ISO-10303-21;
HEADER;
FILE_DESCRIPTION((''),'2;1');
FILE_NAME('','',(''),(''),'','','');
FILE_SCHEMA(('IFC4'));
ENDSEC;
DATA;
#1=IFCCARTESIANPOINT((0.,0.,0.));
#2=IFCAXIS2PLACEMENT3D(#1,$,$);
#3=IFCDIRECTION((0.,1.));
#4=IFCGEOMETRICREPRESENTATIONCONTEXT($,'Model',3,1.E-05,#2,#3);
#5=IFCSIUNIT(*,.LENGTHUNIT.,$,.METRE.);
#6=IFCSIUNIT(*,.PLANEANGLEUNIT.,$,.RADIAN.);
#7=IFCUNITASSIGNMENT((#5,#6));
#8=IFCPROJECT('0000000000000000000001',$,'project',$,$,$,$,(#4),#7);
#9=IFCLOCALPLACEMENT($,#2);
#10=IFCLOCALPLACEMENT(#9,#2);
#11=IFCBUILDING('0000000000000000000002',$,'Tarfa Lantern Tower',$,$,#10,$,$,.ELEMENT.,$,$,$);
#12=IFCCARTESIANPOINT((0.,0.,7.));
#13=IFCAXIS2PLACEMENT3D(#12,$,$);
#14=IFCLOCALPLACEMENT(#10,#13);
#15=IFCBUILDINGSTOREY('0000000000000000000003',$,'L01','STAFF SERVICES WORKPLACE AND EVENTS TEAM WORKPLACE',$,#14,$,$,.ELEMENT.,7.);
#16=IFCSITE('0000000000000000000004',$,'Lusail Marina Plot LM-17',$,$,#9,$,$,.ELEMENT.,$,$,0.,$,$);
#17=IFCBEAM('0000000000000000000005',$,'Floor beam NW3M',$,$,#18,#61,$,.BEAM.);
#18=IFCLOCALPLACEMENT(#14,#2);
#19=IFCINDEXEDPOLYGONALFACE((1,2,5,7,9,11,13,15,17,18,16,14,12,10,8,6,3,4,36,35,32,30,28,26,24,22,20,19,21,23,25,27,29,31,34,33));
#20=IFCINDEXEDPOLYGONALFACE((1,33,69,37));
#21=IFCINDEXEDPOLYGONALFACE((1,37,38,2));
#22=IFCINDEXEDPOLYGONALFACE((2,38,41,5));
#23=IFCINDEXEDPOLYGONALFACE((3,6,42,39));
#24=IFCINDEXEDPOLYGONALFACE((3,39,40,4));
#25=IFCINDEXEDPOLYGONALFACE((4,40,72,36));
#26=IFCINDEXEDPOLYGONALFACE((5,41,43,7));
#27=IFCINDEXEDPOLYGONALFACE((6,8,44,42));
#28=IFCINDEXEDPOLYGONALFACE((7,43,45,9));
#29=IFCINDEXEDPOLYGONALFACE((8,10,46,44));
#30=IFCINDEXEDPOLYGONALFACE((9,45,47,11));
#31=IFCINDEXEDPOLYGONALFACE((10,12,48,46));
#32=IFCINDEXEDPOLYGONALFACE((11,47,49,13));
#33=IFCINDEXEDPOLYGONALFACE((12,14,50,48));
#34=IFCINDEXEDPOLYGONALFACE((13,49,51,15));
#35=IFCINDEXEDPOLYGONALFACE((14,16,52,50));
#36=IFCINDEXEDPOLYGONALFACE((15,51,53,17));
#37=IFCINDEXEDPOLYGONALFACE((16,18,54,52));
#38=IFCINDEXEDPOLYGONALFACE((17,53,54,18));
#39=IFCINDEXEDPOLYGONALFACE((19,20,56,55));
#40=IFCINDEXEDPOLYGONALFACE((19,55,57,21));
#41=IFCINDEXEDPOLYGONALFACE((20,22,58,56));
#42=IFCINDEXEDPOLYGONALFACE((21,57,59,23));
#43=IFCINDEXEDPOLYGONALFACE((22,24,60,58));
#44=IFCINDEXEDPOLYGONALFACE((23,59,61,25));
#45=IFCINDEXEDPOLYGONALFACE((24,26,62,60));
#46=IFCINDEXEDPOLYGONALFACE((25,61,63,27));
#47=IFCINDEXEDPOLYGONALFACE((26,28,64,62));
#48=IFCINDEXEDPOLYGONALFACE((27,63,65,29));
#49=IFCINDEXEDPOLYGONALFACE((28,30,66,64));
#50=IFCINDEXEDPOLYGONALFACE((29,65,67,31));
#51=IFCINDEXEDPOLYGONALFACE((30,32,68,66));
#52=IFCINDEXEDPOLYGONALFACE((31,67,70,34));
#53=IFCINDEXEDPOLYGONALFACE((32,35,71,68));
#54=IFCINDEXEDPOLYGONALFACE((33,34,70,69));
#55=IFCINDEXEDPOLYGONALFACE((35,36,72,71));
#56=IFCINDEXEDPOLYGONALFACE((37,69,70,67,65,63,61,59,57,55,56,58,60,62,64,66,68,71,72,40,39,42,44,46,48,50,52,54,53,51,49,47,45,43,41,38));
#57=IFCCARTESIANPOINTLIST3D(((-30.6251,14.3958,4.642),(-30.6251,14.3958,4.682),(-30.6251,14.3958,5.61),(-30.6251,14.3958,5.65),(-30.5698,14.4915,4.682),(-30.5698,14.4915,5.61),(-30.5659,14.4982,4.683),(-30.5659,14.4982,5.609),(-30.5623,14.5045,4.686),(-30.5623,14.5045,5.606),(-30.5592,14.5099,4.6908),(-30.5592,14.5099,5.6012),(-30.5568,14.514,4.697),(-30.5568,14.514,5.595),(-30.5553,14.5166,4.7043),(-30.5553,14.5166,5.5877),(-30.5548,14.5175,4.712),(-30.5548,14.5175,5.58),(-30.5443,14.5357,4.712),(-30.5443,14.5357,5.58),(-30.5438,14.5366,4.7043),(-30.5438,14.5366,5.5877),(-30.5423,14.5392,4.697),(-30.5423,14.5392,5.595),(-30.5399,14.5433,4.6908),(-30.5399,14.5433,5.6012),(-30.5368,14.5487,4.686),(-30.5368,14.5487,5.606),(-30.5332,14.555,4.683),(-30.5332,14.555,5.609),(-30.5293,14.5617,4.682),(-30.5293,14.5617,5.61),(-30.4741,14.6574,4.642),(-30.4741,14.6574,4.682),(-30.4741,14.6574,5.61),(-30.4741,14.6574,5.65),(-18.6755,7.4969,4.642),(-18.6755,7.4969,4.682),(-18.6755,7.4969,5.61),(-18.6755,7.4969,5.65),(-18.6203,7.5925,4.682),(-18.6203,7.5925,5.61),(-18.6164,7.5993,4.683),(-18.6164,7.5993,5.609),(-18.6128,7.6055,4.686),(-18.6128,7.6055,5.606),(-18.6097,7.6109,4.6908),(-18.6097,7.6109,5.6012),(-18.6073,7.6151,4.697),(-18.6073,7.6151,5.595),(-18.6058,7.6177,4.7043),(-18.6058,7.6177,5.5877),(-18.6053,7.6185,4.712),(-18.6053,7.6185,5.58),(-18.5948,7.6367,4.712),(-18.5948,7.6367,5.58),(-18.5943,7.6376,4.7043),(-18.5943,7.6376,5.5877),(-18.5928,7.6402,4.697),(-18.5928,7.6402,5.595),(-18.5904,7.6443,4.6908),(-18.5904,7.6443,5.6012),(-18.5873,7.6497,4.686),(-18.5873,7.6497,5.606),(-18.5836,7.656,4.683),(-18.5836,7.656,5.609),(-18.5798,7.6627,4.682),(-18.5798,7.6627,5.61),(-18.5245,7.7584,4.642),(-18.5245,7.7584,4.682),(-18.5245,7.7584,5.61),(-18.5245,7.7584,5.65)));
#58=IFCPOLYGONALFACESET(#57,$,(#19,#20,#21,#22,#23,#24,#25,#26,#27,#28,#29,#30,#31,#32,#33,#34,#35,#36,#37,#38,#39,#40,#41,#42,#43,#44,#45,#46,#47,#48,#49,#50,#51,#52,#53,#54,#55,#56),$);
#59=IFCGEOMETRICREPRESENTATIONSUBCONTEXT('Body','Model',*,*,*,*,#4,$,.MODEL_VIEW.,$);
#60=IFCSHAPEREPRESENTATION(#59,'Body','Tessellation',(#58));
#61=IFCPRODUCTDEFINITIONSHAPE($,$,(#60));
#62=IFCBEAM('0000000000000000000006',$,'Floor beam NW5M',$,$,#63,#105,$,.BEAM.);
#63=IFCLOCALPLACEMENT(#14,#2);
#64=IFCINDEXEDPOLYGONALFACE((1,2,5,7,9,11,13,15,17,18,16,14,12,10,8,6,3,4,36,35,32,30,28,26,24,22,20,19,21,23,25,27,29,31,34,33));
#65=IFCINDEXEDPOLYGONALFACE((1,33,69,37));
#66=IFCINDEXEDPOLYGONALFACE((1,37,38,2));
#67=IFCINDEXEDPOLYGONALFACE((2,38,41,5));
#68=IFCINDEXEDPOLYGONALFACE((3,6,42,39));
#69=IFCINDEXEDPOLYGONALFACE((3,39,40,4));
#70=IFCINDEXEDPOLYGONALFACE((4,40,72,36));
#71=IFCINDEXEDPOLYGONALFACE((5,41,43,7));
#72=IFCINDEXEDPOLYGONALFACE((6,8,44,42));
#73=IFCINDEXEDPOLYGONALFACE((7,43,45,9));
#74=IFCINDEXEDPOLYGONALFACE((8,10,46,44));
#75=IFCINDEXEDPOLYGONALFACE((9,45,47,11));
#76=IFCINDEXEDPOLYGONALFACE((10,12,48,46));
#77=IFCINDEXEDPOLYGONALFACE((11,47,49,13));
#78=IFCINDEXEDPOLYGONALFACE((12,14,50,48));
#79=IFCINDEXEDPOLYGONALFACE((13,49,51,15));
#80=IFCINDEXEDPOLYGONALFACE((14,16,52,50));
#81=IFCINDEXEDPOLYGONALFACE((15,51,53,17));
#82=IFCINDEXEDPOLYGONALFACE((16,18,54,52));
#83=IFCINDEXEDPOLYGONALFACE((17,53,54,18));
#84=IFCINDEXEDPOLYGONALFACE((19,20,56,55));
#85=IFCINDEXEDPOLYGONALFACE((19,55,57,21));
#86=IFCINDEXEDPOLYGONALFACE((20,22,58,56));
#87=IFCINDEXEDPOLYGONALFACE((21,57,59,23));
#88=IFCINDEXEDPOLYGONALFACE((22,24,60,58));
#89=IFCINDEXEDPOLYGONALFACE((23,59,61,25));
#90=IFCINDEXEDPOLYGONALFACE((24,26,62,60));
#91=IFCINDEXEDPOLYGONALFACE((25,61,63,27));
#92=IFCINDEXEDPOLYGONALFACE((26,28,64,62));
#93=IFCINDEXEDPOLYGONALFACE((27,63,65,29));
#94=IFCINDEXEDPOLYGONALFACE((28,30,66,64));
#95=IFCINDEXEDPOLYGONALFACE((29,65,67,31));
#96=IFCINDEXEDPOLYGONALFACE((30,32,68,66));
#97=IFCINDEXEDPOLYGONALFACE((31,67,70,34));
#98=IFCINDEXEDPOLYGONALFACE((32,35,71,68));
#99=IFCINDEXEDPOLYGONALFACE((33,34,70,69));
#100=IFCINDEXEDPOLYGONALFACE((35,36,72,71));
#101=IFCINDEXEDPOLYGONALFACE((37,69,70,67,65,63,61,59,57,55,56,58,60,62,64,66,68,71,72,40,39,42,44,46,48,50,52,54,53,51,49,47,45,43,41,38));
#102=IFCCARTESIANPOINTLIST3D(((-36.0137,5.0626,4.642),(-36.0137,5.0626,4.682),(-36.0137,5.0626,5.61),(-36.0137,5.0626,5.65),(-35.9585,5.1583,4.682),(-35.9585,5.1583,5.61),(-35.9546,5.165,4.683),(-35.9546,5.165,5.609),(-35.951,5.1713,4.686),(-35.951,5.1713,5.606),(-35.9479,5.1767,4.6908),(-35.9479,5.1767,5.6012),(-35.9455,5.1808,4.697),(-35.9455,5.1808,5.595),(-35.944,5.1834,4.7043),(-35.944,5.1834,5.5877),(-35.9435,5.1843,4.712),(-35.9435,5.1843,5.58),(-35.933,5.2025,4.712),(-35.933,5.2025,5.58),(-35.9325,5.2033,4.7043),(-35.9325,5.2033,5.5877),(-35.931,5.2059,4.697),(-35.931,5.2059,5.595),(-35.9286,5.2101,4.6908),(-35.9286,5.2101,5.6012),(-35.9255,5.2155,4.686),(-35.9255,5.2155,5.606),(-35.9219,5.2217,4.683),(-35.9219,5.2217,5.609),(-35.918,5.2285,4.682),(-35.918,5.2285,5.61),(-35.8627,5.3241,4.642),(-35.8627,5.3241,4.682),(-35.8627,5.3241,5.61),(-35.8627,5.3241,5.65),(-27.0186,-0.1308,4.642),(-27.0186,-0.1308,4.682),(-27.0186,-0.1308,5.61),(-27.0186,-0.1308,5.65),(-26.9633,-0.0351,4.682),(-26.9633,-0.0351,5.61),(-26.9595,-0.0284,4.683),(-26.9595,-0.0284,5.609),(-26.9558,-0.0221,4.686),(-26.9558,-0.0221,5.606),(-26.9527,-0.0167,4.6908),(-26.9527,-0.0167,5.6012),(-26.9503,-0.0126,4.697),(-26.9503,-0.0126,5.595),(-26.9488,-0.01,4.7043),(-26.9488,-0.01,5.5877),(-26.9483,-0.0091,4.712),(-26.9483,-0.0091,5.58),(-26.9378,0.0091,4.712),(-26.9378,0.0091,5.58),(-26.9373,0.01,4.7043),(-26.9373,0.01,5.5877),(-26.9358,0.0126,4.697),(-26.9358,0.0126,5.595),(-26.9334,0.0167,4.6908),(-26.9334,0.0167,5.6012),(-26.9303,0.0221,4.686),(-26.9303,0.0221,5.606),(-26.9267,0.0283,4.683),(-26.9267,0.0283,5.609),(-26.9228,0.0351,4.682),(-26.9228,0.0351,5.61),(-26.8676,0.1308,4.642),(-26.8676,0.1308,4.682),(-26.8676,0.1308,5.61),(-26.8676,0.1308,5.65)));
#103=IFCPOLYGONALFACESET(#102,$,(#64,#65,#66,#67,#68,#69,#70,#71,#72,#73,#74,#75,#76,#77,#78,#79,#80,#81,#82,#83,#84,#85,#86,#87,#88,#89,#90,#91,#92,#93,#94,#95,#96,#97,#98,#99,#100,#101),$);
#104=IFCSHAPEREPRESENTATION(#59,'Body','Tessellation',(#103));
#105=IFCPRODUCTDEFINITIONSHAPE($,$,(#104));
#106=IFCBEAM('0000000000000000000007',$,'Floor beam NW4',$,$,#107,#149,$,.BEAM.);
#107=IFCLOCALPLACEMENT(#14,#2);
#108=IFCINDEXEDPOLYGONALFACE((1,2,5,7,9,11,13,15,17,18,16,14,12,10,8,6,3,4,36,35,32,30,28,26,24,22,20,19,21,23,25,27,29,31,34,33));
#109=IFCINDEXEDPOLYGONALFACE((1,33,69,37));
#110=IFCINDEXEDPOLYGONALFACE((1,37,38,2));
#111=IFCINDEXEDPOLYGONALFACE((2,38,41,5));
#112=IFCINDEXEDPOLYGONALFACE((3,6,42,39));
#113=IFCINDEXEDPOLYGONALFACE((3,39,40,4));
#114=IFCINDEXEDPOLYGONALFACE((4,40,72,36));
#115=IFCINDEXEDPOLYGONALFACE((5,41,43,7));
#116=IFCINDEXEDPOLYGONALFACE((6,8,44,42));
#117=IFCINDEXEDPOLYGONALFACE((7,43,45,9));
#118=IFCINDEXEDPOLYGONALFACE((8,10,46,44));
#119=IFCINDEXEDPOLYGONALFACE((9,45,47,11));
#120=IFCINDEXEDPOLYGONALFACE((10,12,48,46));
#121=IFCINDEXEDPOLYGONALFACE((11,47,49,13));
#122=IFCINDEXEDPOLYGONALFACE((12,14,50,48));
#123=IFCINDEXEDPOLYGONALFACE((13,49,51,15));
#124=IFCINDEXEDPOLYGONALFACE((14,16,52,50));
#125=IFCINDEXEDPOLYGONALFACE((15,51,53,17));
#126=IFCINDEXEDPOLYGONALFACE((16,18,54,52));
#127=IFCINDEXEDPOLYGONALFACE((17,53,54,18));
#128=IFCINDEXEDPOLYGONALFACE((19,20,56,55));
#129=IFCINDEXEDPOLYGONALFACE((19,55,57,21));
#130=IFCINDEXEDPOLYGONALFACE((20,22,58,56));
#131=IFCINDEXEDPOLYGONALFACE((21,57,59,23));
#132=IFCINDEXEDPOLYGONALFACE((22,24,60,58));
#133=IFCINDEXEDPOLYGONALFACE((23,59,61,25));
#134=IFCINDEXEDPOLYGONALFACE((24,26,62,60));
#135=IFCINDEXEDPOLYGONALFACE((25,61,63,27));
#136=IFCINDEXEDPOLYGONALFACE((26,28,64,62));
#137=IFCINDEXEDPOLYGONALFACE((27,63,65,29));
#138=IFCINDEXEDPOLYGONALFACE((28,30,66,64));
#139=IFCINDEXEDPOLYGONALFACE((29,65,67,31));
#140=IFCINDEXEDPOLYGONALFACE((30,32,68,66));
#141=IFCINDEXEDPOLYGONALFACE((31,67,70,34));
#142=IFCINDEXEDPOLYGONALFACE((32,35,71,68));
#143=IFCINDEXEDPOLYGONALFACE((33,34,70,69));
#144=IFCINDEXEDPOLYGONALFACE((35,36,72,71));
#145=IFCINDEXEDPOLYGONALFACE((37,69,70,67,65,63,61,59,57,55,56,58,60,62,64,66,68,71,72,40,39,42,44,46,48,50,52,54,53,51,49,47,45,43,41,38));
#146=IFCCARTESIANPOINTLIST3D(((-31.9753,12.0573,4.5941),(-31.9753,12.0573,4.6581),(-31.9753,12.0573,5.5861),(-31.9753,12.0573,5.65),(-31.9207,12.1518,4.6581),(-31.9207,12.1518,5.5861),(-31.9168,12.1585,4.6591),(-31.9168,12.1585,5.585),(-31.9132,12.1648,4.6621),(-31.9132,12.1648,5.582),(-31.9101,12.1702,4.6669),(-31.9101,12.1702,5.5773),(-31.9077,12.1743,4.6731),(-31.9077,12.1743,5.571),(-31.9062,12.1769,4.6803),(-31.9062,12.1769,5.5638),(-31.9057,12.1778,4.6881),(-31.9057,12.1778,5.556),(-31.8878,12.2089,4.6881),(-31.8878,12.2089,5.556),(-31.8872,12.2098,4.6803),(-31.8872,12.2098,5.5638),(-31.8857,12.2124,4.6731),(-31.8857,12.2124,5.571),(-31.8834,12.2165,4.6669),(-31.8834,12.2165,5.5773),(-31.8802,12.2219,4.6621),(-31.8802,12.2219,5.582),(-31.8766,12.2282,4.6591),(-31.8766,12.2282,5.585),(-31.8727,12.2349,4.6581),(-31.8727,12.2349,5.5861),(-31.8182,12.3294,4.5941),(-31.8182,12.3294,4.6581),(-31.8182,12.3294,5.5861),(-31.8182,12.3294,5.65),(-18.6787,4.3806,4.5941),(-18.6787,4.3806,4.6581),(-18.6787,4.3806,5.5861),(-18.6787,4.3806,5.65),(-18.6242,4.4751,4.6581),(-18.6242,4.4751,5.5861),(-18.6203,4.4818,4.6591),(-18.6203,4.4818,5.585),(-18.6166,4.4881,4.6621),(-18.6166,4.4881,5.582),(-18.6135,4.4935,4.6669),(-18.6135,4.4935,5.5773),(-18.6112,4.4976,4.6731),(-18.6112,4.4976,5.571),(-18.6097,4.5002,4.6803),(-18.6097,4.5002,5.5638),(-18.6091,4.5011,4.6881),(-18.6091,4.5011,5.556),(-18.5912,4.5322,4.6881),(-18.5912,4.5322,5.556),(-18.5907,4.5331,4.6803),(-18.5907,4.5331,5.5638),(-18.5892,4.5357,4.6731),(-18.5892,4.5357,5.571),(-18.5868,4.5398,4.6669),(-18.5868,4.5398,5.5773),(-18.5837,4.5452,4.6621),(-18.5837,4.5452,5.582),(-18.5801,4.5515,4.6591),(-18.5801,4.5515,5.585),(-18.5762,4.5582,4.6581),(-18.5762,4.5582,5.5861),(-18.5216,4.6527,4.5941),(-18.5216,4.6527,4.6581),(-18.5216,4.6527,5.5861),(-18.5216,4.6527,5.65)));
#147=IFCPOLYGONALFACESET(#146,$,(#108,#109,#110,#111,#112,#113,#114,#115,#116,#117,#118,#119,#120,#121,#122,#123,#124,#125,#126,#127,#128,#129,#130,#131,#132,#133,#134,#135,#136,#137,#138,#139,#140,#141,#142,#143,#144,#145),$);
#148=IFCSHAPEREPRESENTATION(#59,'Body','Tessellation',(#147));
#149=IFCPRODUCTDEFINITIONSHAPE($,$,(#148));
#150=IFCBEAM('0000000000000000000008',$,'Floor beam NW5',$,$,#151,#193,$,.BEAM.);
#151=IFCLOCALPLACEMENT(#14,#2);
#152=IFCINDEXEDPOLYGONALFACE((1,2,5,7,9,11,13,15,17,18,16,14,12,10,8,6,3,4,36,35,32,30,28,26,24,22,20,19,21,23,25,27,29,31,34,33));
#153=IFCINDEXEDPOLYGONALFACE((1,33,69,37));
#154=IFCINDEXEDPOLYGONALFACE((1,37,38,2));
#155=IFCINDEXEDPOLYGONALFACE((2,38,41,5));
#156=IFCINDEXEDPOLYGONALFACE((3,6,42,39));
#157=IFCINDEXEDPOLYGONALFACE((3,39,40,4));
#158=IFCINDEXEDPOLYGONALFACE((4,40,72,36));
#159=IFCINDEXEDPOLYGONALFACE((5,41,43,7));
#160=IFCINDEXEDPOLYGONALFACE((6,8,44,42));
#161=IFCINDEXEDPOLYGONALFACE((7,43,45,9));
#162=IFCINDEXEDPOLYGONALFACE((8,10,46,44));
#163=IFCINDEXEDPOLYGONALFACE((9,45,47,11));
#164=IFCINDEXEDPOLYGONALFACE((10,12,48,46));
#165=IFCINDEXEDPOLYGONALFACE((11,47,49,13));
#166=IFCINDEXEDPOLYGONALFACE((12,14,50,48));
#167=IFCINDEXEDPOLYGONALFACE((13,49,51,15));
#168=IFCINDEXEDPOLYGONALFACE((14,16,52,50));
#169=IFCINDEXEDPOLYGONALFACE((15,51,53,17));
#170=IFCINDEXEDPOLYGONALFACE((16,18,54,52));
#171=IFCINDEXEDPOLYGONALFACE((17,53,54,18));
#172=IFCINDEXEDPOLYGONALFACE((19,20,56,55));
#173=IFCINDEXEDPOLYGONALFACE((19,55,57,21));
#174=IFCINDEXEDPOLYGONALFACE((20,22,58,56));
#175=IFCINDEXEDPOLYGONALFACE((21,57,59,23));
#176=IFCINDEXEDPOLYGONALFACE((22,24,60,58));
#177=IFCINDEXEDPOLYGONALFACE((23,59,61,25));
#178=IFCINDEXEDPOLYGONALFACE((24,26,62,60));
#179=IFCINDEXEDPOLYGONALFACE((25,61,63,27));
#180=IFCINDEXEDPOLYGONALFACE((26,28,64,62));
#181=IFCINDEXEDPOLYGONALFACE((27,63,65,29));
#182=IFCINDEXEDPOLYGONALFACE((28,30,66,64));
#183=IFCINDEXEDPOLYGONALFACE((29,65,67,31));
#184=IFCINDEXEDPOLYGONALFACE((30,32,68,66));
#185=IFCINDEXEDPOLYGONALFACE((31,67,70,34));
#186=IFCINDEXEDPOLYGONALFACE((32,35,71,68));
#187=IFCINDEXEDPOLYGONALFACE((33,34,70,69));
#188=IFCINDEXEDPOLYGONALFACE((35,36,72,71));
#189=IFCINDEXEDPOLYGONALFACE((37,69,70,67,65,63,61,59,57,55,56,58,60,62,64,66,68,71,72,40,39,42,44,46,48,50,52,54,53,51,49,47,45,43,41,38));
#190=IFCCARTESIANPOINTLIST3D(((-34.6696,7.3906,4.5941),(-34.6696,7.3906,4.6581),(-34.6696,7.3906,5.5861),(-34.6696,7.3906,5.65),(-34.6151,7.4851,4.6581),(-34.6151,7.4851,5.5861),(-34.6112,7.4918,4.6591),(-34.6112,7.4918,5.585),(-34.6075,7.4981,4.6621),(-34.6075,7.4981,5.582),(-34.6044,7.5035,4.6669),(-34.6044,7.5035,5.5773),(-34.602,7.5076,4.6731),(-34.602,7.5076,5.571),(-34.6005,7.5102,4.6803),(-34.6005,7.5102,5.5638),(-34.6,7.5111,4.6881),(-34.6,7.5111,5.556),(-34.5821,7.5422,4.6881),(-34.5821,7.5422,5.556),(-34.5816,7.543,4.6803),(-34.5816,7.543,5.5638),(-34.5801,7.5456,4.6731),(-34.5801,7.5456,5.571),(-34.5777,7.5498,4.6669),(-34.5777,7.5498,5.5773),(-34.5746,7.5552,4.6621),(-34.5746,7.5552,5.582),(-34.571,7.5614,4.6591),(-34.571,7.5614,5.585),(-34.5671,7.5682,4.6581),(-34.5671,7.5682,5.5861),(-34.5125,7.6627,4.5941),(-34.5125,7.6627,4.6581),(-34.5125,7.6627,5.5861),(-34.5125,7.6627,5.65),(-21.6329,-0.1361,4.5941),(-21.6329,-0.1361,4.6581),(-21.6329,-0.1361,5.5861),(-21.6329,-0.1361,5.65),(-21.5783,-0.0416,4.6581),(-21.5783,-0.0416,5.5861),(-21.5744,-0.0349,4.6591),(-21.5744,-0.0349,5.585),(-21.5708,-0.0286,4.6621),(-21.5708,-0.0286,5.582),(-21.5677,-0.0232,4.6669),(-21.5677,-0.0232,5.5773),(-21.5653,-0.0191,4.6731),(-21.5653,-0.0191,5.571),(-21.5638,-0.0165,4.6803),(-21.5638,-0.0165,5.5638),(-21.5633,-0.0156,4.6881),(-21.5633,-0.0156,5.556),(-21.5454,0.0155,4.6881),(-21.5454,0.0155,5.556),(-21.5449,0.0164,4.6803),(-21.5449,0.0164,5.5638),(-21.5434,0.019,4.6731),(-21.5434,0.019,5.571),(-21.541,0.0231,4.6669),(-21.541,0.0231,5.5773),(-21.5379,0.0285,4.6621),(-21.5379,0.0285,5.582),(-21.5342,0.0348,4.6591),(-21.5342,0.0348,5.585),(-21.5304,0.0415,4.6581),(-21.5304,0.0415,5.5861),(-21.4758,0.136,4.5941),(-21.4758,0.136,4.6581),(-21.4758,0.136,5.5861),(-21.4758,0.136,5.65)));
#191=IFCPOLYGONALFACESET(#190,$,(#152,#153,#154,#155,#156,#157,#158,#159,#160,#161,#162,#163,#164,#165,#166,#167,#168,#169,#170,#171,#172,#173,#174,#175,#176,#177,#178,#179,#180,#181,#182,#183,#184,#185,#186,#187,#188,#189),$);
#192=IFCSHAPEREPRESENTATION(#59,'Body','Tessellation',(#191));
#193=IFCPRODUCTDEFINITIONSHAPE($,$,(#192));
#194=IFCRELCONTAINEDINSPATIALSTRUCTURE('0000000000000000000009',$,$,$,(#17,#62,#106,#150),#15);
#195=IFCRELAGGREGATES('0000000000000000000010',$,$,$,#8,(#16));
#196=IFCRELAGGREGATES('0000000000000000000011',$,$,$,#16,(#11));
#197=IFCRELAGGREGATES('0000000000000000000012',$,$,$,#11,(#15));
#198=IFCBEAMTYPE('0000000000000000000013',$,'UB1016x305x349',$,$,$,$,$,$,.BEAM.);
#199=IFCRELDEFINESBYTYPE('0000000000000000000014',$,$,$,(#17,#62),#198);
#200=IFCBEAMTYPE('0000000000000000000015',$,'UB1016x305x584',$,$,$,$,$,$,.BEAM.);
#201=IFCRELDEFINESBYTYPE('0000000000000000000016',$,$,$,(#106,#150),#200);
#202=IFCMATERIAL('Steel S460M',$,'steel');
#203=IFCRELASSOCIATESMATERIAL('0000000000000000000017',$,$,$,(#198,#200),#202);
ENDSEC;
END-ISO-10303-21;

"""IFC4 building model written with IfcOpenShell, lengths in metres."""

from ifc_helpers import new_model, si_unit, direction, frame, origin, origin_2d, place, context, subcontext, project, spatial, i_section, extrude, material, material_profile, profile_set, type_object, element, save


model = new_model("IFC4")

# Units and contexts
model_context = context("Model", 3, precision=1e-05, world=origin(), true_north=direction((0.0, 1.0)))
body_context = subcontext(model_context, "Body", "Model", "MODEL_VIEW")
ifc_project = project(units=[si_unit("LENGTHUNIT", "METRE"), si_unit("PLANEANGLEUNIT", "RADIAN")], contexts=[model_context])

# Site, building, storey
site_placement = place(None, origin())
site = spatial("IfcSite", under=ifc_project, at=site_placement, Name="Lusail Marina Plot LM-17", CompositionType="ELEMENT", RefElevation=0.0)
building_placement = place(site_placement, origin())
building = spatial("IfcBuilding", under=site, at=building_placement, Name="Tarfa Lantern Tower", CompositionType="ELEMENT")
storey_placement = place(building_placement, frame((0.0, 0.0, 7.0)))
storey = spatial("IfcBuildingStorey", under=building, at=storey_placement, Name="L01", Description="STAFF SERVICES WORKPLACE AND EVENTS TEAM WORKPLACE", CompositionType="ELEMENT", Elevation=7.0)

# Beams
ifc_material_1 = material(Name="Steel S460M", Category="steel")
ifc_material_profile_1 = material_profile(ifc_material_1, i_section(OverallWidth=0.302, OverallDepth=1.0081, WebThickness=0.021, FlangeThickness=0.04, FilletRadius=0.03, at=origin_2d()), Name="UB1016x305x349")
ifc_profile_set_1 = profile_set([ifc_material_profile_1], Name="Steel S460M")
beam_type_1 = type_object("IfcBeamType", Name="UB1016x305x349", PredefinedType="BEAM", material=ifc_profile_set_1)
beam_1_placement = place(storey_placement, frame((-30.5496, 14.5266, 5.146), z_axis=(0.866029, -0.499995, 0.0), x_axis=(0.499995, 0.866029, 0.0)))
element("IfcBeam", 1, at=beam_1_placement, inside=storey, type_object=beam_type_1, Name="Floor beam NW3M", PredefinedType="BEAM", context=body_context, shape_type="SweptSolid", body=[
    extrude(i_section(OverallWidth=0.302, OverallDepth=1.0081, WebThickness=0.021, FlangeThickness=0.04, FilletRadius=0.03, at=origin_2d()), origin(), (0.0, 0.0, 1.0), 13.7981),
])
beam_2_placement = place(storey_placement, frame((-35.9382, 5.1934, 5.146), z_axis=(0.866024, -0.500002, 0.0), x_axis=(0.500002, 0.866024, 0.0)))
element("IfcBeam", 2, at=beam_2_placement, inside=storey, type_object=beam_type_1, Name="Floor beam NW5M", PredefinedType="BEAM", context=body_context, shape_type="SweptSolid", body=[
    extrude(i_section(OverallWidth=0.302, OverallDepth=1.0081, WebThickness=0.021, FlangeThickness=0.04, FilletRadius=0.03, at=origin_2d()), origin(), (0.0, 0.0, 1.0), 10.3867),
])
ifc_material_profile_2 = material_profile(ifc_material_1, i_section(OverallWidth=0.3142, OverallDepth=1.0559, WebThickness=0.0359, FlangeThickness=0.064, FilletRadius=0.03, at=origin_2d()), Name="UB1016x305x584")
ifc_profile_set_2 = profile_set([ifc_material_profile_2], Name="Steel S460M")
beam_type_2 = type_object("IfcBeamType", Name="UB1016x305x584", PredefinedType="BEAM", material=ifc_profile_set_2)
beam_3_placement = place(storey_placement, frame((-31.8967, 12.1934, 5.1221), z_axis=(0.866027, -0.499997, 0.0), x_axis=(0.499997, 0.866027, 0.0)))
element("IfcBeam", 3, at=beam_3_placement, inside=storey, type_object=beam_type_2, Name="Floor beam NW4", PredefinedType="BEAM", context=body_context, shape_type="SweptSolid", body=[
    extrude(i_section(OverallWidth=0.3142, OverallDepth=1.0559, WebThickness=0.0359, FlangeThickness=0.064, FilletRadius=0.03, at=origin_2d()), origin(), (0.0, 0.0, 1.0), 15.3535),
])
beam_4_placement = place(storey_placement, frame((-34.5911, 7.5266, 5.1221), z_axis=(0.866028, -0.499996, 0.0), x_axis=(0.499996, 0.866028, 0.0)))
element("IfcBeam", 4, at=beam_4_placement, inside=storey, type_object=beam_type_2, Name="Floor beam NW5", PredefinedType="BEAM", context=body_context, shape_type="SweptSolid", body=[
    extrude(i_section(OverallWidth=0.3142, OverallDepth=1.0559, WebThickness=0.0359, FlangeThickness=0.064, FilletRadius=0.03, at=origin_2d()), origin(), (0.0, 0.0, 1.0), 15.0535),
])

save(model, "model.ifc")
